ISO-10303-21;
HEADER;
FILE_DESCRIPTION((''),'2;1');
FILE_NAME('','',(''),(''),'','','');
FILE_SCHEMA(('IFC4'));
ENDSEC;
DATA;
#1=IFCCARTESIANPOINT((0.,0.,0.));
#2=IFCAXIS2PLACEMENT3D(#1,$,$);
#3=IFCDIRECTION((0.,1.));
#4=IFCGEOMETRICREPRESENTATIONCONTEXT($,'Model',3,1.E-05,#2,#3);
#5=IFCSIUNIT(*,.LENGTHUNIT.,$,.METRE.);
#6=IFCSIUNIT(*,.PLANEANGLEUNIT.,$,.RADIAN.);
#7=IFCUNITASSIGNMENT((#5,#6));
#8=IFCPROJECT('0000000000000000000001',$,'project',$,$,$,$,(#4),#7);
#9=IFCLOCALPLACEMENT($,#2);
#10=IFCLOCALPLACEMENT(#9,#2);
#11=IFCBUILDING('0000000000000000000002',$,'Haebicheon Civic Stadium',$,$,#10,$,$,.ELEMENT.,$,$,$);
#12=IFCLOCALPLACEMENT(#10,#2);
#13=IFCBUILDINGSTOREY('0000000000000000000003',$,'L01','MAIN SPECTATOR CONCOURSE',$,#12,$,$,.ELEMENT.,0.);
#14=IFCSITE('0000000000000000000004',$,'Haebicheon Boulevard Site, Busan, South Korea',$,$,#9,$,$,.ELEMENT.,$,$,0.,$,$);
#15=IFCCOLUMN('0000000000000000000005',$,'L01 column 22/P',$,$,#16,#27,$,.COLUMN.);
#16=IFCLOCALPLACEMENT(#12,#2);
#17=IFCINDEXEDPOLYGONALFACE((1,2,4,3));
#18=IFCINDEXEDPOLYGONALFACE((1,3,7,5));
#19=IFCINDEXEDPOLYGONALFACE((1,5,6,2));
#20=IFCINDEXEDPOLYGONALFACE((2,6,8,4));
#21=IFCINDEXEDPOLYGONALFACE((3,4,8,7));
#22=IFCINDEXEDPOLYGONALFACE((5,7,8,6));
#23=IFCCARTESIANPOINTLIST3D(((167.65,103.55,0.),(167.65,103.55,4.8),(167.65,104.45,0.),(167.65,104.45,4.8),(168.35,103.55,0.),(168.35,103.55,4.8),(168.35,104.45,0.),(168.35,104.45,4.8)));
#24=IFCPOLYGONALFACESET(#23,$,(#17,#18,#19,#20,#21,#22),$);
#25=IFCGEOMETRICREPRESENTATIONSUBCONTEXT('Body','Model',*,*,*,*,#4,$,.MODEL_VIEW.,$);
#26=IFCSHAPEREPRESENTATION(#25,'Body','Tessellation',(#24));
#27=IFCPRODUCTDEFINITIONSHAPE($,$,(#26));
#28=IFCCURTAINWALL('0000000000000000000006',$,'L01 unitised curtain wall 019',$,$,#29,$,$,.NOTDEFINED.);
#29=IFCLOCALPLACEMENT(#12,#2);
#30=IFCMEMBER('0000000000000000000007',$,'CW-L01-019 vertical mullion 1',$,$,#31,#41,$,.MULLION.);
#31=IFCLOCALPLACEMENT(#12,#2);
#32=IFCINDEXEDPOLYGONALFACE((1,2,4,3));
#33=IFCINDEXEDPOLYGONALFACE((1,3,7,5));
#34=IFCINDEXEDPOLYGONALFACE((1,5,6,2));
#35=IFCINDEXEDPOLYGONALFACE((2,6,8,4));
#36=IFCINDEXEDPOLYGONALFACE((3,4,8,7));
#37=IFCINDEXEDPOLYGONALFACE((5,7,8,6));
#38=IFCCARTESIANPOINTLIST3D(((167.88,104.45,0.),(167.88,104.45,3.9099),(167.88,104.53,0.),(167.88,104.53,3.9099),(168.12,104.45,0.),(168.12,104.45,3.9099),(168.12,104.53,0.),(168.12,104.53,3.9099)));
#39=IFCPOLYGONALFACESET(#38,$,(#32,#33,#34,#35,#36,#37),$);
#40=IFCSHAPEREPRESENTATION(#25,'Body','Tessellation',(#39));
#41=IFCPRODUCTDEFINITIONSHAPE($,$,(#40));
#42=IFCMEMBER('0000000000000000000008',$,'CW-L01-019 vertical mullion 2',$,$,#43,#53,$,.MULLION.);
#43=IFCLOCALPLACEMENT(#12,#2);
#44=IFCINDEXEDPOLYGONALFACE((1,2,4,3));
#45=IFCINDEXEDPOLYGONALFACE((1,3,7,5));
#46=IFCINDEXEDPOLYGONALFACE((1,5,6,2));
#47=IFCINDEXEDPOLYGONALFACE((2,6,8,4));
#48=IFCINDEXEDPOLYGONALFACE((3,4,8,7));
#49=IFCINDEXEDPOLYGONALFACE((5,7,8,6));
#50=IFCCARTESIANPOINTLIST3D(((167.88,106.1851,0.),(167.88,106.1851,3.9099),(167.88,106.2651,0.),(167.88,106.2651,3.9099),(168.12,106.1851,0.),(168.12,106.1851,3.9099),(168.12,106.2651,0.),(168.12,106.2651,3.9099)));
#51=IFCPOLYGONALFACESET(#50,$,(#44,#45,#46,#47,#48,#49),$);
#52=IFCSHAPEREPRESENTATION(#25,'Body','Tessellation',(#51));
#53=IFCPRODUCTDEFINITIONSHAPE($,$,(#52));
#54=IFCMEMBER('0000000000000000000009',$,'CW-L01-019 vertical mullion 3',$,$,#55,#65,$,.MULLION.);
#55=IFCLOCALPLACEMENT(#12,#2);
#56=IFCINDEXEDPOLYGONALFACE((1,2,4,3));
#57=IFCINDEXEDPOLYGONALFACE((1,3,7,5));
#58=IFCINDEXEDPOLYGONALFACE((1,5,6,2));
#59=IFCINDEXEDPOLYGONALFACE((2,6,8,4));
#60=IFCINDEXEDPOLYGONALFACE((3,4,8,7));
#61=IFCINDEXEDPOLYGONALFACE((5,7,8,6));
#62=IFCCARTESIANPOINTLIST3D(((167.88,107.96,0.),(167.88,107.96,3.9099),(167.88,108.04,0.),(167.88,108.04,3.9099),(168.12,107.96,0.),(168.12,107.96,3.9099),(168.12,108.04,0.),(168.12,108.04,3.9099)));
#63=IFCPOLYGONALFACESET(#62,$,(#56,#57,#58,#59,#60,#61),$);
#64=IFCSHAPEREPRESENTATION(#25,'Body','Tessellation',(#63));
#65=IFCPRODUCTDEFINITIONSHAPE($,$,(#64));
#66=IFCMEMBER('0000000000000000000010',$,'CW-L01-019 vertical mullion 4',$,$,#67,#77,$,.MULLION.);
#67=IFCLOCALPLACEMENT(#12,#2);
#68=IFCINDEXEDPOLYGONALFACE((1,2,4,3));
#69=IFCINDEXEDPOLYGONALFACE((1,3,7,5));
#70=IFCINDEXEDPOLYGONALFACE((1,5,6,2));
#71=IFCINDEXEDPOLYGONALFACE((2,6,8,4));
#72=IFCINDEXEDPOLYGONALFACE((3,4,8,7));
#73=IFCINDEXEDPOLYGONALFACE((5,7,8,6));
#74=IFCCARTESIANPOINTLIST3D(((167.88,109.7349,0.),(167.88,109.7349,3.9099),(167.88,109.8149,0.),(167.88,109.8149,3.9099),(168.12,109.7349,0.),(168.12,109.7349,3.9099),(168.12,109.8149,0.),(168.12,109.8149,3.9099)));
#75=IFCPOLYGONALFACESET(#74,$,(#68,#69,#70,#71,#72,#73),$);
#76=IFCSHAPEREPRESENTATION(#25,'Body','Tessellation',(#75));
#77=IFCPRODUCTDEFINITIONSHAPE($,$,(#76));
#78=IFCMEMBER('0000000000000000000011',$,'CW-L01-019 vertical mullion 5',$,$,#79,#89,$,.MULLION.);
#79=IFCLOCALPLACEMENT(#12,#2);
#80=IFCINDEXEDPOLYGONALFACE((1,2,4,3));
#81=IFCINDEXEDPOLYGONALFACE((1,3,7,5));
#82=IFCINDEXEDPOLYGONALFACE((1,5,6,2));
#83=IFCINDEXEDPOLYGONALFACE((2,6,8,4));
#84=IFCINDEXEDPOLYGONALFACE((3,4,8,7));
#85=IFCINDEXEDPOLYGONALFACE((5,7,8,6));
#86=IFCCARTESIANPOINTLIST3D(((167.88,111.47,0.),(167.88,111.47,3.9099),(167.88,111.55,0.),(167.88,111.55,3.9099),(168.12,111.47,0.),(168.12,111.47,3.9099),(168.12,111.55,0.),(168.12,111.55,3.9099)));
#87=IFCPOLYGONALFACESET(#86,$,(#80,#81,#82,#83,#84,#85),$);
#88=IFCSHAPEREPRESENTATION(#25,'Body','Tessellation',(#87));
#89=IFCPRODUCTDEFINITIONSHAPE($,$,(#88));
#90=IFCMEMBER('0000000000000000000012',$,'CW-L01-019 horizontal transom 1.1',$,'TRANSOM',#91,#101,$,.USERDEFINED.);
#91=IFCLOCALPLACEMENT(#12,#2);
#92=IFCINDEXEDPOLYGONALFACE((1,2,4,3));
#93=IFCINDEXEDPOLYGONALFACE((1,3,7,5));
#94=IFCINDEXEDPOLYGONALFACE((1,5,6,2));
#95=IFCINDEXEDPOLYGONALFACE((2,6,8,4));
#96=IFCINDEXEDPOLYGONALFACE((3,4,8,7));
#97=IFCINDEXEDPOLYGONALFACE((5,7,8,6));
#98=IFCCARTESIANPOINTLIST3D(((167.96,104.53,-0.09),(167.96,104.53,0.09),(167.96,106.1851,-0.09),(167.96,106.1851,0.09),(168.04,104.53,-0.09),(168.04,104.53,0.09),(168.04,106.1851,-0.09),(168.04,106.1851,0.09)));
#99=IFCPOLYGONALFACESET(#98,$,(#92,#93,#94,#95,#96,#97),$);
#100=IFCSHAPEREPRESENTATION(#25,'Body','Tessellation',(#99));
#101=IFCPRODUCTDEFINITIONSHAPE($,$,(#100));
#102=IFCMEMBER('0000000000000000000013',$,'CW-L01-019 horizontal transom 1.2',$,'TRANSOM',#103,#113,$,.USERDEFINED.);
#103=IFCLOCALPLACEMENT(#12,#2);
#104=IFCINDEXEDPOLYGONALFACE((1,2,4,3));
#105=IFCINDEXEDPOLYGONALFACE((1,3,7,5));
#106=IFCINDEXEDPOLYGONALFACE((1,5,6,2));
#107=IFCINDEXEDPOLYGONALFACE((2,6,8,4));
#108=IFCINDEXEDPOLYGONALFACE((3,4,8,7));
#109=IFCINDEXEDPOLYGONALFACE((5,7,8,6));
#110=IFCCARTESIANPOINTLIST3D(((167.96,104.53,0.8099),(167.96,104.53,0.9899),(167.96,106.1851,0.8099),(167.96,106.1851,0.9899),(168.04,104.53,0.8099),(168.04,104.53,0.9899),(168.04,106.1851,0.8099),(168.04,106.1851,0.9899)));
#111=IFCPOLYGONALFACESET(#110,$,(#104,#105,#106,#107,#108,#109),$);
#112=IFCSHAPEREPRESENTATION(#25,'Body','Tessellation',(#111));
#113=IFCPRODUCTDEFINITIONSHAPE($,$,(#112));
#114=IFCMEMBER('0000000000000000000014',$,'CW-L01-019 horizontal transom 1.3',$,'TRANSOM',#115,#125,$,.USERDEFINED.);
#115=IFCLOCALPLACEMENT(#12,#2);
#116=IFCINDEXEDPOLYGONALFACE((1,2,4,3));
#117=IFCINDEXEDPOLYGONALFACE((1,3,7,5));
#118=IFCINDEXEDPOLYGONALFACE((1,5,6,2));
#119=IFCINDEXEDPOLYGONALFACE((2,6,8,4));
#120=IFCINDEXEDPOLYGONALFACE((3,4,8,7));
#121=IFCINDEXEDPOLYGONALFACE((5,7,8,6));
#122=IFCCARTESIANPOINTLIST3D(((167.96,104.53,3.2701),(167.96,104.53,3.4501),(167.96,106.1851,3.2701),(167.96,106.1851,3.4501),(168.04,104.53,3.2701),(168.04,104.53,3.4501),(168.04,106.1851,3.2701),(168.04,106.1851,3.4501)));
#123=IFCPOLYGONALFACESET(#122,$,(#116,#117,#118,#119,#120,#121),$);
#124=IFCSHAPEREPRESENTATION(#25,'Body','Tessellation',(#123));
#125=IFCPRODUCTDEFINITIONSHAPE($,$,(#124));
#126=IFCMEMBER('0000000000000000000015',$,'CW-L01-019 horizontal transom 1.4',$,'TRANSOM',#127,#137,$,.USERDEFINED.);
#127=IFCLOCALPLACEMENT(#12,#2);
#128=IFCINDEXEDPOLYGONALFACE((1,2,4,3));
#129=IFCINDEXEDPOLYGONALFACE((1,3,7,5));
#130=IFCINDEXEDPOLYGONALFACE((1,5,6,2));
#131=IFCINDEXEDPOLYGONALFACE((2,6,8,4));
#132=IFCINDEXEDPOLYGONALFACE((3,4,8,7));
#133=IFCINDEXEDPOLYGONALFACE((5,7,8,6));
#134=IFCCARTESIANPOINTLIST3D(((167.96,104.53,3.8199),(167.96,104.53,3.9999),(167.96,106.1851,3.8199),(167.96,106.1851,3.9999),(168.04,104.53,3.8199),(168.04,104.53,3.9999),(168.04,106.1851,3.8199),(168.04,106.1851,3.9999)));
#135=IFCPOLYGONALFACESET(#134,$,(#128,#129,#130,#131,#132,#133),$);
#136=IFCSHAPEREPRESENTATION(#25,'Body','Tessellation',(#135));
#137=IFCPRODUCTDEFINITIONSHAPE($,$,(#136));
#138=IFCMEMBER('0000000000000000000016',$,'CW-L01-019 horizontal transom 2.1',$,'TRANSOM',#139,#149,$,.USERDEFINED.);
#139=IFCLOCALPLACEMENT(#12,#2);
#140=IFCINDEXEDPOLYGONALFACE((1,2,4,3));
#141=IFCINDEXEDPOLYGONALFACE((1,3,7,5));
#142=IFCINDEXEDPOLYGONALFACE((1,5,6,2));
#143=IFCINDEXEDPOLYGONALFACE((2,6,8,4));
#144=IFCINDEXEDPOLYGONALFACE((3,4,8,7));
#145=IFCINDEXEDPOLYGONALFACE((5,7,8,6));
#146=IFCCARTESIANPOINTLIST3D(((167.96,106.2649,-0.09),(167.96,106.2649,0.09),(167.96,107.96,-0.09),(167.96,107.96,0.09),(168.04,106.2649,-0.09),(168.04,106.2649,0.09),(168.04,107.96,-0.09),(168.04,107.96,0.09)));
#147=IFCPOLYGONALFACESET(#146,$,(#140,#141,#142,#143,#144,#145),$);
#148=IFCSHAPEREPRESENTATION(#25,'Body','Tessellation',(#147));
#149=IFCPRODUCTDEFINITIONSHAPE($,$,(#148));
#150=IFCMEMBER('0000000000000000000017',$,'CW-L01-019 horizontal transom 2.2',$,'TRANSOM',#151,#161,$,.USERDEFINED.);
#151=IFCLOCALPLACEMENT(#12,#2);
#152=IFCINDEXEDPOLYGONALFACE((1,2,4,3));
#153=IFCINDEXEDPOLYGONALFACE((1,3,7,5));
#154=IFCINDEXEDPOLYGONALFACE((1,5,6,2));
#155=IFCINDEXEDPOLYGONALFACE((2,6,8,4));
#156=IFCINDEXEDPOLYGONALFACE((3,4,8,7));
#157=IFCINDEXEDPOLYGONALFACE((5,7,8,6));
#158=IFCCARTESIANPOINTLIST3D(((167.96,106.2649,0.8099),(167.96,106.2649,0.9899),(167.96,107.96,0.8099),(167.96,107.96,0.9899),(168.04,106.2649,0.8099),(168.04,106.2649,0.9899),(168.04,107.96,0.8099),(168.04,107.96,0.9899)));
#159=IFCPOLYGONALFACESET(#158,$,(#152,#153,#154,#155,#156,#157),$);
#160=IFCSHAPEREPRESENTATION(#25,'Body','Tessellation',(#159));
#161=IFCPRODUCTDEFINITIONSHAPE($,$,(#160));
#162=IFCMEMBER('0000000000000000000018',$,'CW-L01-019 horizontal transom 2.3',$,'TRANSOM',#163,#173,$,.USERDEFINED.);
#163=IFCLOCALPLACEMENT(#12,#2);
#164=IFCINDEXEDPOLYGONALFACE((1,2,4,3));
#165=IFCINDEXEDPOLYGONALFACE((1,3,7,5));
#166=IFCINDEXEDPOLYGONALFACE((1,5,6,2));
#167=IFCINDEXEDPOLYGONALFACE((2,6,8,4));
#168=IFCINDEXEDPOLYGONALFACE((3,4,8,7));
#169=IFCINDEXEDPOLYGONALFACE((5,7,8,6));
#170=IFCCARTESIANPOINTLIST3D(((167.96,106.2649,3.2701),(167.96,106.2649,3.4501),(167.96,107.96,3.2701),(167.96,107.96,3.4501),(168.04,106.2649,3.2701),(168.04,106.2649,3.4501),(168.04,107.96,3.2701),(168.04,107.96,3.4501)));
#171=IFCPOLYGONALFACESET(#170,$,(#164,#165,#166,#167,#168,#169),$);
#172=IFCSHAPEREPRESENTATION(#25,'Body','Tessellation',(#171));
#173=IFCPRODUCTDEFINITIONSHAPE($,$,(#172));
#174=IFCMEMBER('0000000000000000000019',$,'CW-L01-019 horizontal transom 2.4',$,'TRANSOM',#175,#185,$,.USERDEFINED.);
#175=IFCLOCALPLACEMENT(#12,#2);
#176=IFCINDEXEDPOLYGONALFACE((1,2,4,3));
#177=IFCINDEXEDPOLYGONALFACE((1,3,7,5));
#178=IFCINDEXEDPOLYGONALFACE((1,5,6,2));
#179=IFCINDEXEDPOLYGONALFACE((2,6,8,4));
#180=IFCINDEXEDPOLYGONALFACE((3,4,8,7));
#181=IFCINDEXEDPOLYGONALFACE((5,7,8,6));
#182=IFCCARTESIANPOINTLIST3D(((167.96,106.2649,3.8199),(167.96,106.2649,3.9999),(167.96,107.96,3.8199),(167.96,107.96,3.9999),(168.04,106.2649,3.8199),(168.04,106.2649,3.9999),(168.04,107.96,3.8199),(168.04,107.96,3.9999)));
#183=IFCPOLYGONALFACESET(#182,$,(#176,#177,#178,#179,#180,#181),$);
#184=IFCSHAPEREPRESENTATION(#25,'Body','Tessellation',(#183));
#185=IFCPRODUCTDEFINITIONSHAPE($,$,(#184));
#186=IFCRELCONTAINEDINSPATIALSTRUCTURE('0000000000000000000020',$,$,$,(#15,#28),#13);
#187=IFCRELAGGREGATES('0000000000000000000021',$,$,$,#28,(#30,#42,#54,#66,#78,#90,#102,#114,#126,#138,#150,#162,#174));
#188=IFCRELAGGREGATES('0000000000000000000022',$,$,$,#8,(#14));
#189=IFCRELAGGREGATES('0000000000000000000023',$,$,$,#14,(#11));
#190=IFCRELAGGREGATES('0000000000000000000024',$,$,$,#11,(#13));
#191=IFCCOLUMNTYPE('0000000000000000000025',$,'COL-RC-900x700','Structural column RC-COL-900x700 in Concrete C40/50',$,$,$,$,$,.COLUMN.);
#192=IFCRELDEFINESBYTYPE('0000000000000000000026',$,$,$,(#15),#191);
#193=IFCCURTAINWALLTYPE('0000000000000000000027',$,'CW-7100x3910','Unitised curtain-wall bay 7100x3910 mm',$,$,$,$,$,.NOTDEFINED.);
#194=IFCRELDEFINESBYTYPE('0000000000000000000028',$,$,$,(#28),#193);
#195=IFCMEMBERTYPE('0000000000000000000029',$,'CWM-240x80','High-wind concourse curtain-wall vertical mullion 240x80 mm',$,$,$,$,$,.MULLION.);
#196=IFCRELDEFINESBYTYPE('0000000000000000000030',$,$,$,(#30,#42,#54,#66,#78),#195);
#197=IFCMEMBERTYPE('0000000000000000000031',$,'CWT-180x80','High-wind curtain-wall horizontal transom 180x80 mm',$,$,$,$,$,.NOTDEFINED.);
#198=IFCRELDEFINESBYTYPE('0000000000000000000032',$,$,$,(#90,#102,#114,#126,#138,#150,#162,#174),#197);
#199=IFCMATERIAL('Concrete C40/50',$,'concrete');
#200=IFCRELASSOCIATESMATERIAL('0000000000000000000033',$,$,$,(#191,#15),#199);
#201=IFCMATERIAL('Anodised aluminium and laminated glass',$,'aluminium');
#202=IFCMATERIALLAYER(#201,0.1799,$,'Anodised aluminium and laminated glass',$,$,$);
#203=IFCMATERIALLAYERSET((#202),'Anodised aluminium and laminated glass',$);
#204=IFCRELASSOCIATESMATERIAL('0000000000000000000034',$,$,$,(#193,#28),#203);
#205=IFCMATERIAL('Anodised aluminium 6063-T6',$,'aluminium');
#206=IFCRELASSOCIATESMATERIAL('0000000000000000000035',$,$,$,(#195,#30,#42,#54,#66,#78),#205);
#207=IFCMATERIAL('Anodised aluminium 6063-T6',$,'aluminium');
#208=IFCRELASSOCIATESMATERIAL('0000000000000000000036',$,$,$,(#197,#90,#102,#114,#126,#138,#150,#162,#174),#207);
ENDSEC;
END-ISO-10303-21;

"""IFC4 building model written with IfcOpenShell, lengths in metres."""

from ifc_helpers import new_model, si_unit, direction, frame, origin, origin_2d, place, context, subcontext, project, spatial, rectangle, extrude, material, layer, layer_set, material_profile, profile_set, type_object, element, aggregate, save


model = new_model("IFC4")

# Units and contexts
model_context = context("Model", 3, precision=1e-05, world=origin(), true_north=direction((0.0, 1.0)))
body_context = subcontext(model_context, "Body", "Model", "MODEL_VIEW")
ifc_project = project(units=[si_unit("LENGTHUNIT", "METRE"), si_unit("PLANEANGLEUNIT", "RADIAN")], contexts=[model_context])

# Site, building, storey
site_placement = place(None, origin())
site = spatial("IfcSite", under=ifc_project, at=site_placement, Name="Haebicheon Boulevard Site, Busan, South Korea", CompositionType="ELEMENT", RefElevation=0.0)
building_placement = place(site_placement, origin())
building = spatial("IfcBuilding", under=site, at=building_placement, Name="Haebicheon Civic Stadium", CompositionType="ELEMENT")
storey_placement = place(building_placement, origin())
storey = spatial("IfcBuildingStorey", under=building, at=storey_placement, Name="L01", Description="MAIN SPECTATOR CONCOURSE", CompositionType="ELEMENT", Elevation=0.0)

# Column
ifc_material_1 = material(Name="Concrete C40/50", Category="concrete")
ifc_material_profile_1 = material_profile(ifc_material_1, rectangle(XDim=0.7, YDim=0.8999, at=origin_2d()), Name="RC-COL-900x700")
ifc_profile_set_1 = profile_set([ifc_material_profile_1], Name="Concrete C40/50")
column_type = type_object("IfcColumnType", Name="COL-RC-900x700", Description="Structural column RC-COL-900x700 in Concrete C40/50", PredefinedType="COLUMN", material=ifc_profile_set_1)
column_placement = place(storey_placement, frame((168.0, 104.0, 0.0), z_axis=(0.0, 0.0, 1.0), x_axis=(1.0, 0.0, 0.0)))
element("IfcColumn", 1, at=column_placement, inside=storey, type_object=column_type, material=ifc_profile_set_1, Name="L01 column 22/P", PredefinedType="COLUMN", context=body_context, shape_type="SweptSolid", body=[
    extrude(rectangle(XDim=0.7, YDim=0.8999, at=origin_2d()), origin(), (0.0, 0.0, 1.0), 4.8),
])

# Curtain wall, members
ifc_material_2 = material(Name="Anodised aluminium and laminated glass", Category="aluminium")
ifc_layer_1 = layer(ifc_material_2, 0.1799, Name="Anodised aluminium and laminated glass")
ifc_layer_set_1 = layer_set([ifc_layer_1], Name="Anodised aluminium and laminated glass")
curtain_wall_type = type_object("IfcCurtainWallType", Name="CW-7100x3910", Description="Unitised curtain-wall bay 7100x3910 mm", PredefinedType="NOTDEFINED", material=ifc_layer_set_1)
curtain_wall_placement = place(storey_placement, origin())
curtain_wall = element("IfcCurtainWall", 2, at=curtain_wall_placement, inside=storey, type_object=curtain_wall_type, material=ifc_layer_set_1, Name="L01 unitised curtain wall 019", PredefinedType="NOTDEFINED")
ifc_material_3 = material(Name="Anodised aluminium 6063-T6", Category="aluminium")
ifc_material_profile_2 = material_profile(ifc_material_3, rectangle(XDim=0.0801, YDim=0.24, at=origin_2d()), Name="ALU-MULL-80x240")
ifc_profile_set_2 = profile_set([ifc_material_profile_2], Name="Anodised aluminium 6063-T6")
member_type_1 = type_object("IfcMemberType", Name="CWM-240x80", Description="High-wind concourse curtain-wall vertical mullion 240x80 mm", PredefinedType="MULLION", material=ifc_profile_set_2)
member_1_placement = place(storey_placement, frame((168.0, 104.49, 0.0), z_axis=(0.0, 0.0, 1.0), x_axis=(0.0, 1.0, 0.0)))
member_1 = element("IfcMember", 3, at=member_1_placement, type_object=member_type_1, material=ifc_profile_set_2, Name="CW-L01-019 vertical mullion 1", PredefinedType="MULLION", context=body_context, shape_type="SweptSolid", body=[
    extrude(rectangle(XDim=0.0801, YDim=0.24, at=origin_2d()), origin(), (0.0, 0.0, 1.0), 3.9099),
])
member_2_placement = place(storey_placement, frame((168.0, 106.2251, 0.0), z_axis=(0.0, 0.0, 1.0), x_axis=(0.0, 1.0, 0.0)))
member_2 = element("IfcMember", 4, at=member_2_placement, type_object=member_type_1, material=ifc_profile_set_2, Name="CW-L01-019 vertical mullion 2", PredefinedType="MULLION", context=body_context, shape_type="SweptSolid", body=[
    extrude(rectangle(XDim=0.0801, YDim=0.24, at=origin_2d()), origin(), (0.0, 0.0, 1.0), 3.9099),
])
member_3_placement = place(storey_placement, frame((168.0, 108.0, 0.0), z_axis=(0.0, 0.0, 1.0), x_axis=(0.0, 1.0, 0.0)))
member_3 = element("IfcMember", 5, at=member_3_placement, type_object=member_type_1, material=ifc_profile_set_2, Name="CW-L01-019 vertical mullion 3", PredefinedType="MULLION", context=body_context, shape_type="SweptSolid", body=[
    extrude(rectangle(XDim=0.0801, YDim=0.24, at=origin_2d()), origin(), (0.0, 0.0, 1.0), 3.9099),
])
member_4_placement = place(storey_placement, frame((168.0, 109.7749, 0.0), z_axis=(0.0, 0.0, 1.0), x_axis=(0.0, 1.0, 0.0)))
member_4 = element("IfcMember", 6, at=member_4_placement, type_object=member_type_1, material=ifc_profile_set_2, Name="CW-L01-019 vertical mullion 4", PredefinedType="MULLION", context=body_context, shape_type="SweptSolid", body=[
    extrude(rectangle(XDim=0.0801, YDim=0.24, at=origin_2d()), origin(), (0.0, 0.0, 1.0), 3.9099),
])
member_5_placement = place(storey_placement, frame((168.0, 111.51, 0.0), z_axis=(0.0, 0.0, 1.0), x_axis=(0.0, 1.0, 0.0)))
member_5 = element("IfcMember", 7, at=member_5_placement, type_object=member_type_1, material=ifc_profile_set_2, Name="CW-L01-019 vertical mullion 5", PredefinedType="MULLION", context=body_context, shape_type="SweptSolid", body=[
    extrude(rectangle(XDim=0.0801, YDim=0.24, at=origin_2d()), origin(), (0.0, 0.0, 1.0), 3.9099),
])
ifc_material_4 = material(Name="Anodised aluminium 6063-T6", Category="aluminium")
ifc_material_profile_3 = material_profile(ifc_material_4, rectangle(XDim=0.0801, YDim=0.1799, at=origin_2d()), Name="ALU-TRAN-80x180")
ifc_profile_set_3 = profile_set([ifc_material_profile_3], Name="Anodised aluminium 6063-T6")
member_type_2 = type_object("IfcMemberType", Name="CWT-180x80", Description="High-wind curtain-wall horizontal transom 180x80 mm", PredefinedType="NOTDEFINED", material=ifc_profile_set_3)
member_6_placement = place(storey_placement, frame((168.0, 104.53, 0.0), z_axis=(0.0, 1.0, 0.0), x_axis=(-1.0, 0.0, 0.0)))
member_6 = element("IfcMember", 8, at=member_6_placement, type_object=member_type_2, material=ifc_profile_set_3, Name="CW-L01-019 horizontal transom 1.1", ObjectType="TRANSOM", PredefinedType="USERDEFINED", context=body_context, shape_type="SweptSolid", body=[
    extrude(rectangle(XDim=0.0801, YDim=0.1799, at=origin_2d()), origin(), (0.0, 0.0, 1.0), 1.655),
])
member_7_placement = place(storey_placement, frame((168.0, 104.53, 0.8999), z_axis=(0.0, 1.0, 0.0), x_axis=(-1.0, 0.0, 0.0)))
member_7 = element("IfcMember", 9, at=member_7_placement, type_object=member_type_2, material=ifc_profile_set_3, Name="CW-L01-019 horizontal transom 1.2", ObjectType="TRANSOM", PredefinedType="USERDEFINED", context=body_context, shape_type="SweptSolid", body=[
    extrude(rectangle(XDim=0.0801, YDim=0.1799, at=origin_2d()), origin(), (0.0, 0.0, 1.0), 1.655),
])
member_8_placement = place(storey_placement, frame((168.0, 104.53, 3.3601), z_axis=(0.0, 1.0, 0.0), x_axis=(-1.0, 0.0, 0.0)))
member_8 = element("IfcMember", 10, at=member_8_placement, type_object=member_type_2, material=ifc_profile_set_3, Name="CW-L01-019 horizontal transom 1.3", ObjectType="TRANSOM", PredefinedType="USERDEFINED", context=body_context, shape_type="SweptSolid", body=[
    extrude(rectangle(XDim=0.0801, YDim=0.1799, at=origin_2d()), origin(), (0.0, 0.0, 1.0), 1.655),
])
member_9_placement = place(storey_placement, frame((168.0, 104.53, 3.9099), z_axis=(0.0, 1.0, 0.0), x_axis=(-1.0, 0.0, 0.0)))
member_9 = element("IfcMember", 11, at=member_9_placement, type_object=member_type_2, material=ifc_profile_set_3, Name="CW-L01-019 horizontal transom 1.4", ObjectType="TRANSOM", PredefinedType="USERDEFINED", context=body_context, shape_type="SweptSolid", body=[
    extrude(rectangle(XDim=0.0801, YDim=0.1799, at=origin_2d()), origin(), (0.0, 0.0, 1.0), 1.655),
])
member_10_placement = place(storey_placement, frame((168.0, 106.2649, 0.0), z_axis=(0.0, 1.0, 0.0), x_axis=(-1.0, 0.0, 0.0)))
member_10 = element("IfcMember", 12, at=member_10_placement, type_object=member_type_2, material=ifc_profile_set_3, Name="CW-L01-019 horizontal transom 2.1", ObjectType="TRANSOM", PredefinedType="USERDEFINED", context=body_context, shape_type="SweptSolid", body=[
    extrude(rectangle(XDim=0.0801, YDim=0.1799, at=origin_2d()), origin(), (0.0, 0.0, 1.0), 1.6951),
])
member_11_placement = place(storey_placement, frame((168.0, 106.2649, 0.8999), z_axis=(0.0, 1.0, 0.0), x_axis=(-1.0, 0.0, 0.0)))
member_11 = element("IfcMember", 13, at=member_11_placement, type_object=member_type_2, material=ifc_profile_set_3, Name="CW-L01-019 horizontal transom 2.2", ObjectType="TRANSOM", PredefinedType="USERDEFINED", context=body_context, shape_type="SweptSolid", body=[
    extrude(rectangle(XDim=0.0801, YDim=0.1799, at=origin_2d()), origin(), (0.0, 0.0, 1.0), 1.6951),
])
member_12_placement = place(storey_placement, frame((168.0, 106.2649, 3.3601), z_axis=(0.0, 1.0, 0.0), x_axis=(-1.0, 0.0, 0.0)))
member_12 = element("IfcMember", 14, at=member_12_placement, type_object=member_type_2, material=ifc_profile_set_3, Name="CW-L01-019 horizontal transom 2.3", ObjectType="TRANSOM", PredefinedType="USERDEFINED", context=body_context, shape_type="SweptSolid", body=[
    extrude(rectangle(XDim=0.0801, YDim=0.1799, at=origin_2d()), origin(), (0.0, 0.0, 1.0), 1.6951),
])
member_13_placement = place(storey_placement, frame((168.0, 106.2649, 3.9099), z_axis=(0.0, 1.0, 0.0), x_axis=(-1.0, 0.0, 0.0)))
member_13 = element("IfcMember", 15, at=member_13_placement, type_object=member_type_2, material=ifc_profile_set_3, Name="CW-L01-019 horizontal transom 2.4", ObjectType="TRANSOM", PredefinedType="USERDEFINED", context=body_context, shape_type="SweptSolid", body=[
    extrude(rectangle(XDim=0.0801, YDim=0.1799, at=origin_2d()), origin(), (0.0, 0.0, 1.0), 1.6951),
])

aggregate(curtain_wall, [member_1, member_2, member_3, member_4, member_5, member_6, member_7, member_8, member_9, member_10, member_11, member_12, member_13])

save(model, "model.ifc")
